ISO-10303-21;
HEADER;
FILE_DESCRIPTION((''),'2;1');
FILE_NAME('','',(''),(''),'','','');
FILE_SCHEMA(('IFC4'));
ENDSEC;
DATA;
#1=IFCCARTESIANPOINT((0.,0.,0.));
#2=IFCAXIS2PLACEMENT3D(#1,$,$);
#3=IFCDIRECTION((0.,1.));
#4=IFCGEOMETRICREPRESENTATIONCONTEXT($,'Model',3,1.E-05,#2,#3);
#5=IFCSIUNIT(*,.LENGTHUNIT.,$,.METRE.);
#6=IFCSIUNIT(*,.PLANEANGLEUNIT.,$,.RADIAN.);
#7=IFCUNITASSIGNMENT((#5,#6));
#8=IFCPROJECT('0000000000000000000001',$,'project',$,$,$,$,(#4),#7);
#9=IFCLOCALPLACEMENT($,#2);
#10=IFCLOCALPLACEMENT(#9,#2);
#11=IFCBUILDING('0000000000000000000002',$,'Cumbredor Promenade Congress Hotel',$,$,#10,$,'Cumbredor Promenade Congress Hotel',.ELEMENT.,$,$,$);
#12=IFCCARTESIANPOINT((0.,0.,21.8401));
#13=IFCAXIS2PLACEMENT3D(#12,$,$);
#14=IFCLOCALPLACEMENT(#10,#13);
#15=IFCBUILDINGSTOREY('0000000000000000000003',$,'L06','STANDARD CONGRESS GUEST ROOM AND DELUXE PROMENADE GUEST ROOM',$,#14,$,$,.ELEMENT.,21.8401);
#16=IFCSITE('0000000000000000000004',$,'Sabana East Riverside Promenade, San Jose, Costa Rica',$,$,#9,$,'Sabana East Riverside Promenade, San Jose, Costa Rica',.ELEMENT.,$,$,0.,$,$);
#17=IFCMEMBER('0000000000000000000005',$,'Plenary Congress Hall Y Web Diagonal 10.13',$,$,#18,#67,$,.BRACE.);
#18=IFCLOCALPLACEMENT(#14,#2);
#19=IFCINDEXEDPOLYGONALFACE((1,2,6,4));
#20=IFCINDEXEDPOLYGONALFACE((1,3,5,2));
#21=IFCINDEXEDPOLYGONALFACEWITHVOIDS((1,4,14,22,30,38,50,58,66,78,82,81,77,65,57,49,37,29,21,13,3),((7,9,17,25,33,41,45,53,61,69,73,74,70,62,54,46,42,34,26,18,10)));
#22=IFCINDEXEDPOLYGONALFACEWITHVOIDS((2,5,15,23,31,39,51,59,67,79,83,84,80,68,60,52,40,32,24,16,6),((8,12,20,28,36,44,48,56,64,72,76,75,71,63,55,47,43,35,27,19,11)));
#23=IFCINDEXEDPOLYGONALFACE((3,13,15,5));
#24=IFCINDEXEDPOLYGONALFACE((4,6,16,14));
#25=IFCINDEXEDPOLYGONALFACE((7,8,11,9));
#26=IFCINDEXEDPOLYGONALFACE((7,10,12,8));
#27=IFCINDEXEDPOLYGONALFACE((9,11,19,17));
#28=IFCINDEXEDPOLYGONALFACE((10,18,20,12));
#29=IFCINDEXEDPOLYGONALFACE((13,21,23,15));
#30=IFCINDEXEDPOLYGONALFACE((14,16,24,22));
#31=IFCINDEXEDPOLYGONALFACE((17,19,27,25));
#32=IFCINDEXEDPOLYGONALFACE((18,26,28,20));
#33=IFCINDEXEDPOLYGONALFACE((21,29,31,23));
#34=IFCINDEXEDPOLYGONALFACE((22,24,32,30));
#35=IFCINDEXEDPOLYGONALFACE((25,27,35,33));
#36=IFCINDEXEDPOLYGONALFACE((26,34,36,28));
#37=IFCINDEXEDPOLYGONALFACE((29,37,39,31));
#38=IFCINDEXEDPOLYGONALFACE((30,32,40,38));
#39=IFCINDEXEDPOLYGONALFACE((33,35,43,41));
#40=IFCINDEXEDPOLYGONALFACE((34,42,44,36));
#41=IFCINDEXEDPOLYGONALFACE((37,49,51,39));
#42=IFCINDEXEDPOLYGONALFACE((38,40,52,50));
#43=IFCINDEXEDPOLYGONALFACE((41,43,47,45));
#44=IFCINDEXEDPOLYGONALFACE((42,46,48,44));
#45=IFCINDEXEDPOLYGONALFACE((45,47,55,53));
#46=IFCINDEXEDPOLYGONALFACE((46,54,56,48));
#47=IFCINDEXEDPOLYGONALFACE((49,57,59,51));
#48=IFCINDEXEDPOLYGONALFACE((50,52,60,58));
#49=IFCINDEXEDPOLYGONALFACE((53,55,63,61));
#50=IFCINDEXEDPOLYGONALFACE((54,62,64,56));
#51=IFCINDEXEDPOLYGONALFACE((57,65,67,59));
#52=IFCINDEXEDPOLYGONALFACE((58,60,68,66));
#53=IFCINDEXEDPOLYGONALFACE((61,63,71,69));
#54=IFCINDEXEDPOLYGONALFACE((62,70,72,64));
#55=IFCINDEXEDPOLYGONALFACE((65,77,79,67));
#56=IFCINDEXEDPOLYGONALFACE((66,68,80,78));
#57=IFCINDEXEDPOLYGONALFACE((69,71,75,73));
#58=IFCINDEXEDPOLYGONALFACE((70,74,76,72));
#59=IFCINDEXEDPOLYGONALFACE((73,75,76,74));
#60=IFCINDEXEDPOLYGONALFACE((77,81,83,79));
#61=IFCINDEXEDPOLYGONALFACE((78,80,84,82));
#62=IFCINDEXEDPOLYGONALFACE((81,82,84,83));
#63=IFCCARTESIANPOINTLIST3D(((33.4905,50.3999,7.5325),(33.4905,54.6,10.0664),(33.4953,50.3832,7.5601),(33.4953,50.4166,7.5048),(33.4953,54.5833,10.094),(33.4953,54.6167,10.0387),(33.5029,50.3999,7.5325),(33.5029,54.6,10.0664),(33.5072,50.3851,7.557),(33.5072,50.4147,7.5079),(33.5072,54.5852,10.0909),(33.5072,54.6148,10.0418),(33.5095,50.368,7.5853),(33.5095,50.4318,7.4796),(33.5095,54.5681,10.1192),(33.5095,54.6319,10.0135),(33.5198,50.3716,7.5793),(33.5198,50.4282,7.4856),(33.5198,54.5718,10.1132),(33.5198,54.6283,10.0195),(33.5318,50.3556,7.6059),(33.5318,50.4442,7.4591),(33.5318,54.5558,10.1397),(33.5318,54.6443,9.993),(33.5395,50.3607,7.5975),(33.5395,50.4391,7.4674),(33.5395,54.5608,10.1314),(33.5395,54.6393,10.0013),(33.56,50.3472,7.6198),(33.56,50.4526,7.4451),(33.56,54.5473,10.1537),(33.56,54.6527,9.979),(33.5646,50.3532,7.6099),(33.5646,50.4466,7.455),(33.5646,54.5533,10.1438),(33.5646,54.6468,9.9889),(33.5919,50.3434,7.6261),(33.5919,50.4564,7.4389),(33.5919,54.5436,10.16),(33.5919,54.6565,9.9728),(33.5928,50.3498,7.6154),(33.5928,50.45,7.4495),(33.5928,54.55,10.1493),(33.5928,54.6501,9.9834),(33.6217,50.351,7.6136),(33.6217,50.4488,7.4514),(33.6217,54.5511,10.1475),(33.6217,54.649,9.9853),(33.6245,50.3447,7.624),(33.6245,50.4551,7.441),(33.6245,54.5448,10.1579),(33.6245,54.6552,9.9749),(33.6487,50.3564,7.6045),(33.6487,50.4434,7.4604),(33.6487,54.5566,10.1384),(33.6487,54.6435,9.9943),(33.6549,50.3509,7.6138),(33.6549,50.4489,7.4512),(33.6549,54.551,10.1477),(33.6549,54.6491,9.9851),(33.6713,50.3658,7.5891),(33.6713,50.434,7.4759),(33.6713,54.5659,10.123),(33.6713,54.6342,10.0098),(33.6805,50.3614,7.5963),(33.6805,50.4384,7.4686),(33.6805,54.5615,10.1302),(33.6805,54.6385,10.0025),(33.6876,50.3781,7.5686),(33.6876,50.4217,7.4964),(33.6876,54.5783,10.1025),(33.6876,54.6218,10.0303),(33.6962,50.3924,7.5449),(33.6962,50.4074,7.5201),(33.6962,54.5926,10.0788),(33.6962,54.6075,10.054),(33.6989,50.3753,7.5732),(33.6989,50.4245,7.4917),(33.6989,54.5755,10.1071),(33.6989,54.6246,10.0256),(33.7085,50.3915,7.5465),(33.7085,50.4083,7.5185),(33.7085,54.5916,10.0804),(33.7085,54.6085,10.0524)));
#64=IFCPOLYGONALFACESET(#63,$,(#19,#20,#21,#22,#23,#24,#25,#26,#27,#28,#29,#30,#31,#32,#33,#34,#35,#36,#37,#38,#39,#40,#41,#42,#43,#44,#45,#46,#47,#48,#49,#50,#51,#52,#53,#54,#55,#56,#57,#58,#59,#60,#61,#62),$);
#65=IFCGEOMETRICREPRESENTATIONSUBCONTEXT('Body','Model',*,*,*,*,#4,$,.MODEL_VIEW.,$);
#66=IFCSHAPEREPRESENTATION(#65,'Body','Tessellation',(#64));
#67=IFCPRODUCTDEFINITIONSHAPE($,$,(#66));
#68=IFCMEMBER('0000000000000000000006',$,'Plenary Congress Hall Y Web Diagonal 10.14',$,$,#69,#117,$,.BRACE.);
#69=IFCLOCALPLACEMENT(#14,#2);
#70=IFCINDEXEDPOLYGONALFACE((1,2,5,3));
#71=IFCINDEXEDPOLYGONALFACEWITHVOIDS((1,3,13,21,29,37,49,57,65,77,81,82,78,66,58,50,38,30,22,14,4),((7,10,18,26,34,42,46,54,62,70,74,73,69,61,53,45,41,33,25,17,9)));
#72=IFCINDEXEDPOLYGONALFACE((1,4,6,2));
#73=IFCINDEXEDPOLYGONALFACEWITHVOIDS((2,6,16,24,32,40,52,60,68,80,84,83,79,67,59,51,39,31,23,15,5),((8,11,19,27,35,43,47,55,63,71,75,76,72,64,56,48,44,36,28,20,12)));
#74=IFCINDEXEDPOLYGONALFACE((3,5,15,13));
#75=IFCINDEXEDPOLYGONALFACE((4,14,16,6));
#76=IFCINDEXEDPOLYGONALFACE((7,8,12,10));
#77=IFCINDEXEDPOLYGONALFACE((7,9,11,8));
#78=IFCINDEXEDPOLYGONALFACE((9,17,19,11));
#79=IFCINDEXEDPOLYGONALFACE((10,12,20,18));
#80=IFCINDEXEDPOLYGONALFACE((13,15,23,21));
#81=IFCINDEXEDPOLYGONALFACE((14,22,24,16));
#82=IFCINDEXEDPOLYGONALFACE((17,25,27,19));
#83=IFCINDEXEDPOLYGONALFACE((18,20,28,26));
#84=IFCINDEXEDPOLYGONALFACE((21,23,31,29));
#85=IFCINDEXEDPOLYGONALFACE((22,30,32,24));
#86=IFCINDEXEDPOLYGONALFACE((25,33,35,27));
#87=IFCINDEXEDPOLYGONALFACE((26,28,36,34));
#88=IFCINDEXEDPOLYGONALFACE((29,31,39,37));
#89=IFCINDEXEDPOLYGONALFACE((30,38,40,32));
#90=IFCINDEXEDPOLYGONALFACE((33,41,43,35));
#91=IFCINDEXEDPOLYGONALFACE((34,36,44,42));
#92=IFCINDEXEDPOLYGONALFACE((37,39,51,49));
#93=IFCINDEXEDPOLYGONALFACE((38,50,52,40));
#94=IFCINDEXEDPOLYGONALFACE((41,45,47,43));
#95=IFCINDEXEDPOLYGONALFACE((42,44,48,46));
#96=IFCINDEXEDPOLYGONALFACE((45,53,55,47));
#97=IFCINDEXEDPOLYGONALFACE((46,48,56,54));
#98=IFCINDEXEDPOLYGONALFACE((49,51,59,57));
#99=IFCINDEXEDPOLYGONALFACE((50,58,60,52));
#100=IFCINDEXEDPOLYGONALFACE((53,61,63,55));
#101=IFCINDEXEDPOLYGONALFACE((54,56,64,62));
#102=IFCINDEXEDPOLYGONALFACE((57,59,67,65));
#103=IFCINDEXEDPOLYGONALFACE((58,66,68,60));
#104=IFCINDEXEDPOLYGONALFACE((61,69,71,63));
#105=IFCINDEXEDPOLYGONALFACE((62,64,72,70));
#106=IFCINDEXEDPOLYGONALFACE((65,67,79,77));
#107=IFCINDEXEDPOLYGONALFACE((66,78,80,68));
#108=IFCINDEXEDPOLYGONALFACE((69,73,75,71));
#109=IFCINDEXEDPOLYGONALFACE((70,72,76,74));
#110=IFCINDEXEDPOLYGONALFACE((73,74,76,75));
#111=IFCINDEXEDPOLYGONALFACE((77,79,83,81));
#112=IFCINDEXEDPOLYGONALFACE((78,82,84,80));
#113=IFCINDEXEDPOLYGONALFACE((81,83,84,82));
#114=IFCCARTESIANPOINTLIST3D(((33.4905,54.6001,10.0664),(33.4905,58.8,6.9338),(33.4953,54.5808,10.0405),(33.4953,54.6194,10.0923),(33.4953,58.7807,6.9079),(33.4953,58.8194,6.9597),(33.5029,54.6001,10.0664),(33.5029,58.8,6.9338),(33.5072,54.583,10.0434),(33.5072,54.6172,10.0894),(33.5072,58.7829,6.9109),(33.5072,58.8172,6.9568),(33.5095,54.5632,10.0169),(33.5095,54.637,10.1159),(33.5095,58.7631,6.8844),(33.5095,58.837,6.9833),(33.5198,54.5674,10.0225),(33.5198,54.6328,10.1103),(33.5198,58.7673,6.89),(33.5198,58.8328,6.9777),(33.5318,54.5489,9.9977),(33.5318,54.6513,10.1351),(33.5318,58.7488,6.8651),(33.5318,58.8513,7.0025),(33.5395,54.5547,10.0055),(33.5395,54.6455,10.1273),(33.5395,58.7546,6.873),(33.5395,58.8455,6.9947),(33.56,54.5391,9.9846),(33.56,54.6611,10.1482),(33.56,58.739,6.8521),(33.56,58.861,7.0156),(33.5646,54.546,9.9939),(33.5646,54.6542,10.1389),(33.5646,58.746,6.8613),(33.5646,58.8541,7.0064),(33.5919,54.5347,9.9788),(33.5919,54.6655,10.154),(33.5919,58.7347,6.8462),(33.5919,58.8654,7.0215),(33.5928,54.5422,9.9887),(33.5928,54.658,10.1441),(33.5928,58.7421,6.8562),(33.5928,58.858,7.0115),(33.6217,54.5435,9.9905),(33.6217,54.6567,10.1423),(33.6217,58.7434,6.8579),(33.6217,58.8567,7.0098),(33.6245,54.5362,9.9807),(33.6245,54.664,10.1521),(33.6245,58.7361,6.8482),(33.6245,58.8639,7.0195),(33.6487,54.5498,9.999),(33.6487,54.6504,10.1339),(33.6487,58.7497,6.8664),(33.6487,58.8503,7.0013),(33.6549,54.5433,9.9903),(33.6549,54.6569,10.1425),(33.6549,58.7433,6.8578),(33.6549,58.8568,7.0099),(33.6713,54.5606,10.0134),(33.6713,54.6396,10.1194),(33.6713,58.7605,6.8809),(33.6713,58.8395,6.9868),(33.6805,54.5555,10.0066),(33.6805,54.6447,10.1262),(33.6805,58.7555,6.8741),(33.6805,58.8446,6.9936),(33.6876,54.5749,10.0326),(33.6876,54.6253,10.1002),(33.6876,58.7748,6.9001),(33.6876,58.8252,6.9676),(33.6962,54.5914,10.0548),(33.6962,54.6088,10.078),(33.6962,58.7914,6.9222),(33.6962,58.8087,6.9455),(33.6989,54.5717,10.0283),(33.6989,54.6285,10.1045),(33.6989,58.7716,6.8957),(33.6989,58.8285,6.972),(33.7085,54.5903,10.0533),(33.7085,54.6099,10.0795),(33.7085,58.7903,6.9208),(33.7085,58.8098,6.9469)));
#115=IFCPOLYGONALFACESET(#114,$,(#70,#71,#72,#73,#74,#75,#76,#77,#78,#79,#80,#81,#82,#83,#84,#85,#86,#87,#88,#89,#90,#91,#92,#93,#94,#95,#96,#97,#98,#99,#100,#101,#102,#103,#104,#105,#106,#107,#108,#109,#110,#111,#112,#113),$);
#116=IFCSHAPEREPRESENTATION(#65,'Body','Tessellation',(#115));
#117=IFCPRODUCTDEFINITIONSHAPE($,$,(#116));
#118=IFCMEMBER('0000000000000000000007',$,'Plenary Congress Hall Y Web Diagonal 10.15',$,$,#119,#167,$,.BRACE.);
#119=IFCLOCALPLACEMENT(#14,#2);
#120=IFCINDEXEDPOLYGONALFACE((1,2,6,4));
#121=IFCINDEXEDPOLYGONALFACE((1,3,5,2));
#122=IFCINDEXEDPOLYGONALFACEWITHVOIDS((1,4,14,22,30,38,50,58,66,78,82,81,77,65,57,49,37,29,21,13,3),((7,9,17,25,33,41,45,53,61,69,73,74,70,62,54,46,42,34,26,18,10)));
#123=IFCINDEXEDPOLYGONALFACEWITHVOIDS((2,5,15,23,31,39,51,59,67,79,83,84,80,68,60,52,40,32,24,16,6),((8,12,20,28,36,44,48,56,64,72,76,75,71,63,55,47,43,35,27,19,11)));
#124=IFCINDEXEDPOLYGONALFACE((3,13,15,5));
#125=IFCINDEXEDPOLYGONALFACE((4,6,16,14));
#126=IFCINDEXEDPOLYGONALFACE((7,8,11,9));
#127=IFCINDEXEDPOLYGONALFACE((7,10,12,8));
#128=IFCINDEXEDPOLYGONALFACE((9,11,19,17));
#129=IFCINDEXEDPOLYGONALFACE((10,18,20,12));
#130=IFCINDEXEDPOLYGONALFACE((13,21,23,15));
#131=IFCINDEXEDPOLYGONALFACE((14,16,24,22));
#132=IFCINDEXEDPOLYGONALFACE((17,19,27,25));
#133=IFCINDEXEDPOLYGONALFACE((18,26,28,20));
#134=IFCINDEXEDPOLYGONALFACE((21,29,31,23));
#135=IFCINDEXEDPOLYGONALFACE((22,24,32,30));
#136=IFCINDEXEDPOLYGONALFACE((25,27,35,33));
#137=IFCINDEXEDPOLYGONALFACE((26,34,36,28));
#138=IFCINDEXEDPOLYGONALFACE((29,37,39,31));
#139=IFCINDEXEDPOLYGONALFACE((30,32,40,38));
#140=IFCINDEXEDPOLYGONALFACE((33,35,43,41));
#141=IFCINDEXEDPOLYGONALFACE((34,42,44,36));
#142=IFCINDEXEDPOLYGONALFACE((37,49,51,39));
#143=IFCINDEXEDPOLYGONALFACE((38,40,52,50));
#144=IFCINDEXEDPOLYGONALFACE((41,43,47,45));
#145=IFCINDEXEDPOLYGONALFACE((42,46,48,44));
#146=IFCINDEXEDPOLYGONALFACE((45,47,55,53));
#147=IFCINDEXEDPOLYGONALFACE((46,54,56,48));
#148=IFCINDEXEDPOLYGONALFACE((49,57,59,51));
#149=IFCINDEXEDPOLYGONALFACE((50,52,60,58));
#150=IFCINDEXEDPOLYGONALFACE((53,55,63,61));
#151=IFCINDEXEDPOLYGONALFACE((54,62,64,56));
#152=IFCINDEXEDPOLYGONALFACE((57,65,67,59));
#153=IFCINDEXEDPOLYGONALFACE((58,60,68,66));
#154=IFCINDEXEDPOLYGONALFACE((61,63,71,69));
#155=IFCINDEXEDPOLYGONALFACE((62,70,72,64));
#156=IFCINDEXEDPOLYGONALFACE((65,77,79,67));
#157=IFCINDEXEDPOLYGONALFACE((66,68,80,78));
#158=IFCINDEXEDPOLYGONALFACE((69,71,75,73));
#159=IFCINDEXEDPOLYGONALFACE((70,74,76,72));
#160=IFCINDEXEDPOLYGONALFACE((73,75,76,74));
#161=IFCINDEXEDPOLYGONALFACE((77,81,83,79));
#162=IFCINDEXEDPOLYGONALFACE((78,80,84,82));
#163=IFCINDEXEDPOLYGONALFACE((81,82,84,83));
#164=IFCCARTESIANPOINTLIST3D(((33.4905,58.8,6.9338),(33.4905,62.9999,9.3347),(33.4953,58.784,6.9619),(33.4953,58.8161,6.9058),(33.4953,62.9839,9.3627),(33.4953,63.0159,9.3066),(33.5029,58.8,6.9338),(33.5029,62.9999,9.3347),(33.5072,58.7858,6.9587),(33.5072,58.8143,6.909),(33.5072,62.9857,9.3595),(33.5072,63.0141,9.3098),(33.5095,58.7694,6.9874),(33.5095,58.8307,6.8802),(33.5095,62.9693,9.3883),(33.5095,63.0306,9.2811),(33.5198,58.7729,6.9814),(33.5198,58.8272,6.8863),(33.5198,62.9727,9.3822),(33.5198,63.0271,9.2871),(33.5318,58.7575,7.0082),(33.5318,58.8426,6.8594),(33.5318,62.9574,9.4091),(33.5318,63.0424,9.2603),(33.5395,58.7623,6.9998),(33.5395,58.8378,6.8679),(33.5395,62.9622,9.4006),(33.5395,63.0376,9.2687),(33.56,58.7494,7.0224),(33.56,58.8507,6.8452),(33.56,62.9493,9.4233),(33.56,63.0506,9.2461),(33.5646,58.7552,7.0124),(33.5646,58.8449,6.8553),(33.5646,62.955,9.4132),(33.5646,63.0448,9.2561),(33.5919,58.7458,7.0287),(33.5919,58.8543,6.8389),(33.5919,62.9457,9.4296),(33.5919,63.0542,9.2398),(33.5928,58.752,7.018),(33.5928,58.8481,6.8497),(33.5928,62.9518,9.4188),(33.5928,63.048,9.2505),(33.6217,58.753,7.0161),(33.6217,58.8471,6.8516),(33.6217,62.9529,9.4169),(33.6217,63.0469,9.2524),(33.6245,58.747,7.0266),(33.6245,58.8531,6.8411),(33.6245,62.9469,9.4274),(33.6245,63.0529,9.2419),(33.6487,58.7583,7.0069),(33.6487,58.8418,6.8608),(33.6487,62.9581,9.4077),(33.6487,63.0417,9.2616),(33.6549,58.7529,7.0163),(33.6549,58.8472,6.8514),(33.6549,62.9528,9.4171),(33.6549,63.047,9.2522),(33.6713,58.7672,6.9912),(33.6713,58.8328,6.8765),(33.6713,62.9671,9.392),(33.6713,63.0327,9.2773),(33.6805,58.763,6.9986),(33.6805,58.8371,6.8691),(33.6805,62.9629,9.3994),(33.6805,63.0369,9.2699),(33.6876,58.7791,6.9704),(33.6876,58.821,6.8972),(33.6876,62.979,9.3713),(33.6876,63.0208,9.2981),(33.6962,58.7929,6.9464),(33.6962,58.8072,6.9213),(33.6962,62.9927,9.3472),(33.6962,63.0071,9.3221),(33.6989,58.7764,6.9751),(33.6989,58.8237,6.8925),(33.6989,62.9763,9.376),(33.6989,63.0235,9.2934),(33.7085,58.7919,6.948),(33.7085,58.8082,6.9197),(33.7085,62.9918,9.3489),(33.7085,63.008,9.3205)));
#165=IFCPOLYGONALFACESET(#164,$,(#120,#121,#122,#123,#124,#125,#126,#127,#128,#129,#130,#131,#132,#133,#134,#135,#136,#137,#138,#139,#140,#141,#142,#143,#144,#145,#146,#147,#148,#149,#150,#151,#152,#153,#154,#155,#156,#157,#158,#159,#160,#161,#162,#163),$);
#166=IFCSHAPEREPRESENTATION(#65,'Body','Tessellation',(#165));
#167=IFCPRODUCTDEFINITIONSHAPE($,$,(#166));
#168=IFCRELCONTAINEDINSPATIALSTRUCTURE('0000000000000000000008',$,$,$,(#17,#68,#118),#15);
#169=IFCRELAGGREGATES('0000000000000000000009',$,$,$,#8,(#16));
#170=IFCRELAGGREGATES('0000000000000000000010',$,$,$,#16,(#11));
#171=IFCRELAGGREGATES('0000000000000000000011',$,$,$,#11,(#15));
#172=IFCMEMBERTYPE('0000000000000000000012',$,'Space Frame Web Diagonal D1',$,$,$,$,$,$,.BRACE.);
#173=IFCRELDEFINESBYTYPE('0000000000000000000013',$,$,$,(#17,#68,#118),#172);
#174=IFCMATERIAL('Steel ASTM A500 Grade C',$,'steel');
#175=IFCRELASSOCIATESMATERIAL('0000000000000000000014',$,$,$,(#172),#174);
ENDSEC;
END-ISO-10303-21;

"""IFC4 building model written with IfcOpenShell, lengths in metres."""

from ifc_helpers import new_model, si_unit, direction, frame, origin, origin_2d, place, context, subcontext, project, spatial, hollow_circle, extrude, material, material_profile, profile_set, type_object, element, save


model = new_model("IFC4")

# Units and contexts
model_context = context("Model", 3, precision=1e-05, world=origin(), true_north=direction((0.0, 1.0)))
body_context = subcontext(model_context, "Body", "Model", "MODEL_VIEW")
ifc_project = project(units=[si_unit("LENGTHUNIT", "METRE"), si_unit("PLANEANGLEUNIT", "RADIAN")], contexts=[model_context])

# Site, building, storey
site_placement = place(None, origin())
site = spatial("IfcSite", under=ifc_project, at=site_placement, Name="Sabana East Riverside Promenade, San Jose, Costa Rica", LongName="Sabana East Riverside Promenade, San Jose, Costa Rica", CompositionType="ELEMENT", RefElevation=0.0)
building_placement = place(site_placement, origin())
building = spatial("IfcBuilding", under=site, at=building_placement, Name="Cumbredor Promenade Congress Hotel", LongName="Cumbredor Promenade Congress Hotel", CompositionType="ELEMENT")
storey_placement = place(building_placement, frame((0.0, 0.0, 21.8401)))
storey = spatial("IfcBuildingStorey", under=building, at=storey_placement, Name="L06", Description="STANDARD CONGRESS GUEST ROOM AND DELUXE PROMENADE GUEST ROOM", CompositionType="ELEMENT", Elevation=21.8401)

# Members
ifc_material_1 = material(Name="Steel ASTM A500 Grade C", Category="steel")
ifc_material_profile_1 = material_profile(ifc_material_1, hollow_circle(Radius=0.1096, WallThickness=0.0125, at=origin_2d()), Name="CHS 219.1x12.5")
ifc_profile_set_1 = profile_set([ifc_material_profile_1], Name="Steel ASTM A500 Grade C")
member_type_1 = type_object("IfcMemberType", Name="Space Frame Web Diagonal D1", PredefinedType="BRACE", material=ifc_profile_set_1)
member_1_placement = place(storey_placement, frame((33.6001, 50.3999, 7.5325), z_axis=(0.0, 0.856248, 0.516566), x_axis=(-1.0, 0.0, 0.0)))
element("IfcMember", 1, at=member_1_placement, inside=storey, type_object=member_type_1, Name="Plenary Congress Hall Y Web Diagonal 10.13", PredefinedType="BRACE", context=body_context, shape_type="SweptSolid", body=[
    extrude(hollow_circle(Radius=0.1096, WallThickness=0.0125, at=origin_2d()), origin(), (0.0, 0.0, 1.0), 4.9053),
])
member_2_placement = place(storey_placement, frame((33.6001, 54.6001, 10.0664), z_axis=(0.0, 0.801591, -0.597873), x_axis=(-1.0, 0.0, 0.0)))
element("IfcMember", 2, at=member_2_placement, inside=storey, type_object=member_type_1, Name="Plenary Congress Hall Y Web Diagonal 10.14", PredefinedType="BRACE", context=body_context, shape_type="SweptSolid", body=[
    extrude(hollow_circle(Radius=0.1096, WallThickness=0.0125, at=origin_2d()), origin(), (0.0, 0.0, 1.0), 5.2395),
])
member_3_placement = place(storey_placement, frame((33.6001, 58.8, 6.9338), z_axis=(0.0, 0.868162, 0.49628), x_axis=(-1.0, 0.0, 0.0)))
element("IfcMember", 3, at=member_3_placement, inside=storey, type_object=member_type_1, Name="Plenary Congress Hall Y Web Diagonal 10.15", PredefinedType="BRACE", context=body_context, shape_type="SweptSolid", body=[
    extrude(hollow_circle(Radius=0.1096, WallThickness=0.0125, at=origin_2d()), origin(), (0.0, 0.0, 1.0), 4.8376),
])

save(model, "model.ifc")
